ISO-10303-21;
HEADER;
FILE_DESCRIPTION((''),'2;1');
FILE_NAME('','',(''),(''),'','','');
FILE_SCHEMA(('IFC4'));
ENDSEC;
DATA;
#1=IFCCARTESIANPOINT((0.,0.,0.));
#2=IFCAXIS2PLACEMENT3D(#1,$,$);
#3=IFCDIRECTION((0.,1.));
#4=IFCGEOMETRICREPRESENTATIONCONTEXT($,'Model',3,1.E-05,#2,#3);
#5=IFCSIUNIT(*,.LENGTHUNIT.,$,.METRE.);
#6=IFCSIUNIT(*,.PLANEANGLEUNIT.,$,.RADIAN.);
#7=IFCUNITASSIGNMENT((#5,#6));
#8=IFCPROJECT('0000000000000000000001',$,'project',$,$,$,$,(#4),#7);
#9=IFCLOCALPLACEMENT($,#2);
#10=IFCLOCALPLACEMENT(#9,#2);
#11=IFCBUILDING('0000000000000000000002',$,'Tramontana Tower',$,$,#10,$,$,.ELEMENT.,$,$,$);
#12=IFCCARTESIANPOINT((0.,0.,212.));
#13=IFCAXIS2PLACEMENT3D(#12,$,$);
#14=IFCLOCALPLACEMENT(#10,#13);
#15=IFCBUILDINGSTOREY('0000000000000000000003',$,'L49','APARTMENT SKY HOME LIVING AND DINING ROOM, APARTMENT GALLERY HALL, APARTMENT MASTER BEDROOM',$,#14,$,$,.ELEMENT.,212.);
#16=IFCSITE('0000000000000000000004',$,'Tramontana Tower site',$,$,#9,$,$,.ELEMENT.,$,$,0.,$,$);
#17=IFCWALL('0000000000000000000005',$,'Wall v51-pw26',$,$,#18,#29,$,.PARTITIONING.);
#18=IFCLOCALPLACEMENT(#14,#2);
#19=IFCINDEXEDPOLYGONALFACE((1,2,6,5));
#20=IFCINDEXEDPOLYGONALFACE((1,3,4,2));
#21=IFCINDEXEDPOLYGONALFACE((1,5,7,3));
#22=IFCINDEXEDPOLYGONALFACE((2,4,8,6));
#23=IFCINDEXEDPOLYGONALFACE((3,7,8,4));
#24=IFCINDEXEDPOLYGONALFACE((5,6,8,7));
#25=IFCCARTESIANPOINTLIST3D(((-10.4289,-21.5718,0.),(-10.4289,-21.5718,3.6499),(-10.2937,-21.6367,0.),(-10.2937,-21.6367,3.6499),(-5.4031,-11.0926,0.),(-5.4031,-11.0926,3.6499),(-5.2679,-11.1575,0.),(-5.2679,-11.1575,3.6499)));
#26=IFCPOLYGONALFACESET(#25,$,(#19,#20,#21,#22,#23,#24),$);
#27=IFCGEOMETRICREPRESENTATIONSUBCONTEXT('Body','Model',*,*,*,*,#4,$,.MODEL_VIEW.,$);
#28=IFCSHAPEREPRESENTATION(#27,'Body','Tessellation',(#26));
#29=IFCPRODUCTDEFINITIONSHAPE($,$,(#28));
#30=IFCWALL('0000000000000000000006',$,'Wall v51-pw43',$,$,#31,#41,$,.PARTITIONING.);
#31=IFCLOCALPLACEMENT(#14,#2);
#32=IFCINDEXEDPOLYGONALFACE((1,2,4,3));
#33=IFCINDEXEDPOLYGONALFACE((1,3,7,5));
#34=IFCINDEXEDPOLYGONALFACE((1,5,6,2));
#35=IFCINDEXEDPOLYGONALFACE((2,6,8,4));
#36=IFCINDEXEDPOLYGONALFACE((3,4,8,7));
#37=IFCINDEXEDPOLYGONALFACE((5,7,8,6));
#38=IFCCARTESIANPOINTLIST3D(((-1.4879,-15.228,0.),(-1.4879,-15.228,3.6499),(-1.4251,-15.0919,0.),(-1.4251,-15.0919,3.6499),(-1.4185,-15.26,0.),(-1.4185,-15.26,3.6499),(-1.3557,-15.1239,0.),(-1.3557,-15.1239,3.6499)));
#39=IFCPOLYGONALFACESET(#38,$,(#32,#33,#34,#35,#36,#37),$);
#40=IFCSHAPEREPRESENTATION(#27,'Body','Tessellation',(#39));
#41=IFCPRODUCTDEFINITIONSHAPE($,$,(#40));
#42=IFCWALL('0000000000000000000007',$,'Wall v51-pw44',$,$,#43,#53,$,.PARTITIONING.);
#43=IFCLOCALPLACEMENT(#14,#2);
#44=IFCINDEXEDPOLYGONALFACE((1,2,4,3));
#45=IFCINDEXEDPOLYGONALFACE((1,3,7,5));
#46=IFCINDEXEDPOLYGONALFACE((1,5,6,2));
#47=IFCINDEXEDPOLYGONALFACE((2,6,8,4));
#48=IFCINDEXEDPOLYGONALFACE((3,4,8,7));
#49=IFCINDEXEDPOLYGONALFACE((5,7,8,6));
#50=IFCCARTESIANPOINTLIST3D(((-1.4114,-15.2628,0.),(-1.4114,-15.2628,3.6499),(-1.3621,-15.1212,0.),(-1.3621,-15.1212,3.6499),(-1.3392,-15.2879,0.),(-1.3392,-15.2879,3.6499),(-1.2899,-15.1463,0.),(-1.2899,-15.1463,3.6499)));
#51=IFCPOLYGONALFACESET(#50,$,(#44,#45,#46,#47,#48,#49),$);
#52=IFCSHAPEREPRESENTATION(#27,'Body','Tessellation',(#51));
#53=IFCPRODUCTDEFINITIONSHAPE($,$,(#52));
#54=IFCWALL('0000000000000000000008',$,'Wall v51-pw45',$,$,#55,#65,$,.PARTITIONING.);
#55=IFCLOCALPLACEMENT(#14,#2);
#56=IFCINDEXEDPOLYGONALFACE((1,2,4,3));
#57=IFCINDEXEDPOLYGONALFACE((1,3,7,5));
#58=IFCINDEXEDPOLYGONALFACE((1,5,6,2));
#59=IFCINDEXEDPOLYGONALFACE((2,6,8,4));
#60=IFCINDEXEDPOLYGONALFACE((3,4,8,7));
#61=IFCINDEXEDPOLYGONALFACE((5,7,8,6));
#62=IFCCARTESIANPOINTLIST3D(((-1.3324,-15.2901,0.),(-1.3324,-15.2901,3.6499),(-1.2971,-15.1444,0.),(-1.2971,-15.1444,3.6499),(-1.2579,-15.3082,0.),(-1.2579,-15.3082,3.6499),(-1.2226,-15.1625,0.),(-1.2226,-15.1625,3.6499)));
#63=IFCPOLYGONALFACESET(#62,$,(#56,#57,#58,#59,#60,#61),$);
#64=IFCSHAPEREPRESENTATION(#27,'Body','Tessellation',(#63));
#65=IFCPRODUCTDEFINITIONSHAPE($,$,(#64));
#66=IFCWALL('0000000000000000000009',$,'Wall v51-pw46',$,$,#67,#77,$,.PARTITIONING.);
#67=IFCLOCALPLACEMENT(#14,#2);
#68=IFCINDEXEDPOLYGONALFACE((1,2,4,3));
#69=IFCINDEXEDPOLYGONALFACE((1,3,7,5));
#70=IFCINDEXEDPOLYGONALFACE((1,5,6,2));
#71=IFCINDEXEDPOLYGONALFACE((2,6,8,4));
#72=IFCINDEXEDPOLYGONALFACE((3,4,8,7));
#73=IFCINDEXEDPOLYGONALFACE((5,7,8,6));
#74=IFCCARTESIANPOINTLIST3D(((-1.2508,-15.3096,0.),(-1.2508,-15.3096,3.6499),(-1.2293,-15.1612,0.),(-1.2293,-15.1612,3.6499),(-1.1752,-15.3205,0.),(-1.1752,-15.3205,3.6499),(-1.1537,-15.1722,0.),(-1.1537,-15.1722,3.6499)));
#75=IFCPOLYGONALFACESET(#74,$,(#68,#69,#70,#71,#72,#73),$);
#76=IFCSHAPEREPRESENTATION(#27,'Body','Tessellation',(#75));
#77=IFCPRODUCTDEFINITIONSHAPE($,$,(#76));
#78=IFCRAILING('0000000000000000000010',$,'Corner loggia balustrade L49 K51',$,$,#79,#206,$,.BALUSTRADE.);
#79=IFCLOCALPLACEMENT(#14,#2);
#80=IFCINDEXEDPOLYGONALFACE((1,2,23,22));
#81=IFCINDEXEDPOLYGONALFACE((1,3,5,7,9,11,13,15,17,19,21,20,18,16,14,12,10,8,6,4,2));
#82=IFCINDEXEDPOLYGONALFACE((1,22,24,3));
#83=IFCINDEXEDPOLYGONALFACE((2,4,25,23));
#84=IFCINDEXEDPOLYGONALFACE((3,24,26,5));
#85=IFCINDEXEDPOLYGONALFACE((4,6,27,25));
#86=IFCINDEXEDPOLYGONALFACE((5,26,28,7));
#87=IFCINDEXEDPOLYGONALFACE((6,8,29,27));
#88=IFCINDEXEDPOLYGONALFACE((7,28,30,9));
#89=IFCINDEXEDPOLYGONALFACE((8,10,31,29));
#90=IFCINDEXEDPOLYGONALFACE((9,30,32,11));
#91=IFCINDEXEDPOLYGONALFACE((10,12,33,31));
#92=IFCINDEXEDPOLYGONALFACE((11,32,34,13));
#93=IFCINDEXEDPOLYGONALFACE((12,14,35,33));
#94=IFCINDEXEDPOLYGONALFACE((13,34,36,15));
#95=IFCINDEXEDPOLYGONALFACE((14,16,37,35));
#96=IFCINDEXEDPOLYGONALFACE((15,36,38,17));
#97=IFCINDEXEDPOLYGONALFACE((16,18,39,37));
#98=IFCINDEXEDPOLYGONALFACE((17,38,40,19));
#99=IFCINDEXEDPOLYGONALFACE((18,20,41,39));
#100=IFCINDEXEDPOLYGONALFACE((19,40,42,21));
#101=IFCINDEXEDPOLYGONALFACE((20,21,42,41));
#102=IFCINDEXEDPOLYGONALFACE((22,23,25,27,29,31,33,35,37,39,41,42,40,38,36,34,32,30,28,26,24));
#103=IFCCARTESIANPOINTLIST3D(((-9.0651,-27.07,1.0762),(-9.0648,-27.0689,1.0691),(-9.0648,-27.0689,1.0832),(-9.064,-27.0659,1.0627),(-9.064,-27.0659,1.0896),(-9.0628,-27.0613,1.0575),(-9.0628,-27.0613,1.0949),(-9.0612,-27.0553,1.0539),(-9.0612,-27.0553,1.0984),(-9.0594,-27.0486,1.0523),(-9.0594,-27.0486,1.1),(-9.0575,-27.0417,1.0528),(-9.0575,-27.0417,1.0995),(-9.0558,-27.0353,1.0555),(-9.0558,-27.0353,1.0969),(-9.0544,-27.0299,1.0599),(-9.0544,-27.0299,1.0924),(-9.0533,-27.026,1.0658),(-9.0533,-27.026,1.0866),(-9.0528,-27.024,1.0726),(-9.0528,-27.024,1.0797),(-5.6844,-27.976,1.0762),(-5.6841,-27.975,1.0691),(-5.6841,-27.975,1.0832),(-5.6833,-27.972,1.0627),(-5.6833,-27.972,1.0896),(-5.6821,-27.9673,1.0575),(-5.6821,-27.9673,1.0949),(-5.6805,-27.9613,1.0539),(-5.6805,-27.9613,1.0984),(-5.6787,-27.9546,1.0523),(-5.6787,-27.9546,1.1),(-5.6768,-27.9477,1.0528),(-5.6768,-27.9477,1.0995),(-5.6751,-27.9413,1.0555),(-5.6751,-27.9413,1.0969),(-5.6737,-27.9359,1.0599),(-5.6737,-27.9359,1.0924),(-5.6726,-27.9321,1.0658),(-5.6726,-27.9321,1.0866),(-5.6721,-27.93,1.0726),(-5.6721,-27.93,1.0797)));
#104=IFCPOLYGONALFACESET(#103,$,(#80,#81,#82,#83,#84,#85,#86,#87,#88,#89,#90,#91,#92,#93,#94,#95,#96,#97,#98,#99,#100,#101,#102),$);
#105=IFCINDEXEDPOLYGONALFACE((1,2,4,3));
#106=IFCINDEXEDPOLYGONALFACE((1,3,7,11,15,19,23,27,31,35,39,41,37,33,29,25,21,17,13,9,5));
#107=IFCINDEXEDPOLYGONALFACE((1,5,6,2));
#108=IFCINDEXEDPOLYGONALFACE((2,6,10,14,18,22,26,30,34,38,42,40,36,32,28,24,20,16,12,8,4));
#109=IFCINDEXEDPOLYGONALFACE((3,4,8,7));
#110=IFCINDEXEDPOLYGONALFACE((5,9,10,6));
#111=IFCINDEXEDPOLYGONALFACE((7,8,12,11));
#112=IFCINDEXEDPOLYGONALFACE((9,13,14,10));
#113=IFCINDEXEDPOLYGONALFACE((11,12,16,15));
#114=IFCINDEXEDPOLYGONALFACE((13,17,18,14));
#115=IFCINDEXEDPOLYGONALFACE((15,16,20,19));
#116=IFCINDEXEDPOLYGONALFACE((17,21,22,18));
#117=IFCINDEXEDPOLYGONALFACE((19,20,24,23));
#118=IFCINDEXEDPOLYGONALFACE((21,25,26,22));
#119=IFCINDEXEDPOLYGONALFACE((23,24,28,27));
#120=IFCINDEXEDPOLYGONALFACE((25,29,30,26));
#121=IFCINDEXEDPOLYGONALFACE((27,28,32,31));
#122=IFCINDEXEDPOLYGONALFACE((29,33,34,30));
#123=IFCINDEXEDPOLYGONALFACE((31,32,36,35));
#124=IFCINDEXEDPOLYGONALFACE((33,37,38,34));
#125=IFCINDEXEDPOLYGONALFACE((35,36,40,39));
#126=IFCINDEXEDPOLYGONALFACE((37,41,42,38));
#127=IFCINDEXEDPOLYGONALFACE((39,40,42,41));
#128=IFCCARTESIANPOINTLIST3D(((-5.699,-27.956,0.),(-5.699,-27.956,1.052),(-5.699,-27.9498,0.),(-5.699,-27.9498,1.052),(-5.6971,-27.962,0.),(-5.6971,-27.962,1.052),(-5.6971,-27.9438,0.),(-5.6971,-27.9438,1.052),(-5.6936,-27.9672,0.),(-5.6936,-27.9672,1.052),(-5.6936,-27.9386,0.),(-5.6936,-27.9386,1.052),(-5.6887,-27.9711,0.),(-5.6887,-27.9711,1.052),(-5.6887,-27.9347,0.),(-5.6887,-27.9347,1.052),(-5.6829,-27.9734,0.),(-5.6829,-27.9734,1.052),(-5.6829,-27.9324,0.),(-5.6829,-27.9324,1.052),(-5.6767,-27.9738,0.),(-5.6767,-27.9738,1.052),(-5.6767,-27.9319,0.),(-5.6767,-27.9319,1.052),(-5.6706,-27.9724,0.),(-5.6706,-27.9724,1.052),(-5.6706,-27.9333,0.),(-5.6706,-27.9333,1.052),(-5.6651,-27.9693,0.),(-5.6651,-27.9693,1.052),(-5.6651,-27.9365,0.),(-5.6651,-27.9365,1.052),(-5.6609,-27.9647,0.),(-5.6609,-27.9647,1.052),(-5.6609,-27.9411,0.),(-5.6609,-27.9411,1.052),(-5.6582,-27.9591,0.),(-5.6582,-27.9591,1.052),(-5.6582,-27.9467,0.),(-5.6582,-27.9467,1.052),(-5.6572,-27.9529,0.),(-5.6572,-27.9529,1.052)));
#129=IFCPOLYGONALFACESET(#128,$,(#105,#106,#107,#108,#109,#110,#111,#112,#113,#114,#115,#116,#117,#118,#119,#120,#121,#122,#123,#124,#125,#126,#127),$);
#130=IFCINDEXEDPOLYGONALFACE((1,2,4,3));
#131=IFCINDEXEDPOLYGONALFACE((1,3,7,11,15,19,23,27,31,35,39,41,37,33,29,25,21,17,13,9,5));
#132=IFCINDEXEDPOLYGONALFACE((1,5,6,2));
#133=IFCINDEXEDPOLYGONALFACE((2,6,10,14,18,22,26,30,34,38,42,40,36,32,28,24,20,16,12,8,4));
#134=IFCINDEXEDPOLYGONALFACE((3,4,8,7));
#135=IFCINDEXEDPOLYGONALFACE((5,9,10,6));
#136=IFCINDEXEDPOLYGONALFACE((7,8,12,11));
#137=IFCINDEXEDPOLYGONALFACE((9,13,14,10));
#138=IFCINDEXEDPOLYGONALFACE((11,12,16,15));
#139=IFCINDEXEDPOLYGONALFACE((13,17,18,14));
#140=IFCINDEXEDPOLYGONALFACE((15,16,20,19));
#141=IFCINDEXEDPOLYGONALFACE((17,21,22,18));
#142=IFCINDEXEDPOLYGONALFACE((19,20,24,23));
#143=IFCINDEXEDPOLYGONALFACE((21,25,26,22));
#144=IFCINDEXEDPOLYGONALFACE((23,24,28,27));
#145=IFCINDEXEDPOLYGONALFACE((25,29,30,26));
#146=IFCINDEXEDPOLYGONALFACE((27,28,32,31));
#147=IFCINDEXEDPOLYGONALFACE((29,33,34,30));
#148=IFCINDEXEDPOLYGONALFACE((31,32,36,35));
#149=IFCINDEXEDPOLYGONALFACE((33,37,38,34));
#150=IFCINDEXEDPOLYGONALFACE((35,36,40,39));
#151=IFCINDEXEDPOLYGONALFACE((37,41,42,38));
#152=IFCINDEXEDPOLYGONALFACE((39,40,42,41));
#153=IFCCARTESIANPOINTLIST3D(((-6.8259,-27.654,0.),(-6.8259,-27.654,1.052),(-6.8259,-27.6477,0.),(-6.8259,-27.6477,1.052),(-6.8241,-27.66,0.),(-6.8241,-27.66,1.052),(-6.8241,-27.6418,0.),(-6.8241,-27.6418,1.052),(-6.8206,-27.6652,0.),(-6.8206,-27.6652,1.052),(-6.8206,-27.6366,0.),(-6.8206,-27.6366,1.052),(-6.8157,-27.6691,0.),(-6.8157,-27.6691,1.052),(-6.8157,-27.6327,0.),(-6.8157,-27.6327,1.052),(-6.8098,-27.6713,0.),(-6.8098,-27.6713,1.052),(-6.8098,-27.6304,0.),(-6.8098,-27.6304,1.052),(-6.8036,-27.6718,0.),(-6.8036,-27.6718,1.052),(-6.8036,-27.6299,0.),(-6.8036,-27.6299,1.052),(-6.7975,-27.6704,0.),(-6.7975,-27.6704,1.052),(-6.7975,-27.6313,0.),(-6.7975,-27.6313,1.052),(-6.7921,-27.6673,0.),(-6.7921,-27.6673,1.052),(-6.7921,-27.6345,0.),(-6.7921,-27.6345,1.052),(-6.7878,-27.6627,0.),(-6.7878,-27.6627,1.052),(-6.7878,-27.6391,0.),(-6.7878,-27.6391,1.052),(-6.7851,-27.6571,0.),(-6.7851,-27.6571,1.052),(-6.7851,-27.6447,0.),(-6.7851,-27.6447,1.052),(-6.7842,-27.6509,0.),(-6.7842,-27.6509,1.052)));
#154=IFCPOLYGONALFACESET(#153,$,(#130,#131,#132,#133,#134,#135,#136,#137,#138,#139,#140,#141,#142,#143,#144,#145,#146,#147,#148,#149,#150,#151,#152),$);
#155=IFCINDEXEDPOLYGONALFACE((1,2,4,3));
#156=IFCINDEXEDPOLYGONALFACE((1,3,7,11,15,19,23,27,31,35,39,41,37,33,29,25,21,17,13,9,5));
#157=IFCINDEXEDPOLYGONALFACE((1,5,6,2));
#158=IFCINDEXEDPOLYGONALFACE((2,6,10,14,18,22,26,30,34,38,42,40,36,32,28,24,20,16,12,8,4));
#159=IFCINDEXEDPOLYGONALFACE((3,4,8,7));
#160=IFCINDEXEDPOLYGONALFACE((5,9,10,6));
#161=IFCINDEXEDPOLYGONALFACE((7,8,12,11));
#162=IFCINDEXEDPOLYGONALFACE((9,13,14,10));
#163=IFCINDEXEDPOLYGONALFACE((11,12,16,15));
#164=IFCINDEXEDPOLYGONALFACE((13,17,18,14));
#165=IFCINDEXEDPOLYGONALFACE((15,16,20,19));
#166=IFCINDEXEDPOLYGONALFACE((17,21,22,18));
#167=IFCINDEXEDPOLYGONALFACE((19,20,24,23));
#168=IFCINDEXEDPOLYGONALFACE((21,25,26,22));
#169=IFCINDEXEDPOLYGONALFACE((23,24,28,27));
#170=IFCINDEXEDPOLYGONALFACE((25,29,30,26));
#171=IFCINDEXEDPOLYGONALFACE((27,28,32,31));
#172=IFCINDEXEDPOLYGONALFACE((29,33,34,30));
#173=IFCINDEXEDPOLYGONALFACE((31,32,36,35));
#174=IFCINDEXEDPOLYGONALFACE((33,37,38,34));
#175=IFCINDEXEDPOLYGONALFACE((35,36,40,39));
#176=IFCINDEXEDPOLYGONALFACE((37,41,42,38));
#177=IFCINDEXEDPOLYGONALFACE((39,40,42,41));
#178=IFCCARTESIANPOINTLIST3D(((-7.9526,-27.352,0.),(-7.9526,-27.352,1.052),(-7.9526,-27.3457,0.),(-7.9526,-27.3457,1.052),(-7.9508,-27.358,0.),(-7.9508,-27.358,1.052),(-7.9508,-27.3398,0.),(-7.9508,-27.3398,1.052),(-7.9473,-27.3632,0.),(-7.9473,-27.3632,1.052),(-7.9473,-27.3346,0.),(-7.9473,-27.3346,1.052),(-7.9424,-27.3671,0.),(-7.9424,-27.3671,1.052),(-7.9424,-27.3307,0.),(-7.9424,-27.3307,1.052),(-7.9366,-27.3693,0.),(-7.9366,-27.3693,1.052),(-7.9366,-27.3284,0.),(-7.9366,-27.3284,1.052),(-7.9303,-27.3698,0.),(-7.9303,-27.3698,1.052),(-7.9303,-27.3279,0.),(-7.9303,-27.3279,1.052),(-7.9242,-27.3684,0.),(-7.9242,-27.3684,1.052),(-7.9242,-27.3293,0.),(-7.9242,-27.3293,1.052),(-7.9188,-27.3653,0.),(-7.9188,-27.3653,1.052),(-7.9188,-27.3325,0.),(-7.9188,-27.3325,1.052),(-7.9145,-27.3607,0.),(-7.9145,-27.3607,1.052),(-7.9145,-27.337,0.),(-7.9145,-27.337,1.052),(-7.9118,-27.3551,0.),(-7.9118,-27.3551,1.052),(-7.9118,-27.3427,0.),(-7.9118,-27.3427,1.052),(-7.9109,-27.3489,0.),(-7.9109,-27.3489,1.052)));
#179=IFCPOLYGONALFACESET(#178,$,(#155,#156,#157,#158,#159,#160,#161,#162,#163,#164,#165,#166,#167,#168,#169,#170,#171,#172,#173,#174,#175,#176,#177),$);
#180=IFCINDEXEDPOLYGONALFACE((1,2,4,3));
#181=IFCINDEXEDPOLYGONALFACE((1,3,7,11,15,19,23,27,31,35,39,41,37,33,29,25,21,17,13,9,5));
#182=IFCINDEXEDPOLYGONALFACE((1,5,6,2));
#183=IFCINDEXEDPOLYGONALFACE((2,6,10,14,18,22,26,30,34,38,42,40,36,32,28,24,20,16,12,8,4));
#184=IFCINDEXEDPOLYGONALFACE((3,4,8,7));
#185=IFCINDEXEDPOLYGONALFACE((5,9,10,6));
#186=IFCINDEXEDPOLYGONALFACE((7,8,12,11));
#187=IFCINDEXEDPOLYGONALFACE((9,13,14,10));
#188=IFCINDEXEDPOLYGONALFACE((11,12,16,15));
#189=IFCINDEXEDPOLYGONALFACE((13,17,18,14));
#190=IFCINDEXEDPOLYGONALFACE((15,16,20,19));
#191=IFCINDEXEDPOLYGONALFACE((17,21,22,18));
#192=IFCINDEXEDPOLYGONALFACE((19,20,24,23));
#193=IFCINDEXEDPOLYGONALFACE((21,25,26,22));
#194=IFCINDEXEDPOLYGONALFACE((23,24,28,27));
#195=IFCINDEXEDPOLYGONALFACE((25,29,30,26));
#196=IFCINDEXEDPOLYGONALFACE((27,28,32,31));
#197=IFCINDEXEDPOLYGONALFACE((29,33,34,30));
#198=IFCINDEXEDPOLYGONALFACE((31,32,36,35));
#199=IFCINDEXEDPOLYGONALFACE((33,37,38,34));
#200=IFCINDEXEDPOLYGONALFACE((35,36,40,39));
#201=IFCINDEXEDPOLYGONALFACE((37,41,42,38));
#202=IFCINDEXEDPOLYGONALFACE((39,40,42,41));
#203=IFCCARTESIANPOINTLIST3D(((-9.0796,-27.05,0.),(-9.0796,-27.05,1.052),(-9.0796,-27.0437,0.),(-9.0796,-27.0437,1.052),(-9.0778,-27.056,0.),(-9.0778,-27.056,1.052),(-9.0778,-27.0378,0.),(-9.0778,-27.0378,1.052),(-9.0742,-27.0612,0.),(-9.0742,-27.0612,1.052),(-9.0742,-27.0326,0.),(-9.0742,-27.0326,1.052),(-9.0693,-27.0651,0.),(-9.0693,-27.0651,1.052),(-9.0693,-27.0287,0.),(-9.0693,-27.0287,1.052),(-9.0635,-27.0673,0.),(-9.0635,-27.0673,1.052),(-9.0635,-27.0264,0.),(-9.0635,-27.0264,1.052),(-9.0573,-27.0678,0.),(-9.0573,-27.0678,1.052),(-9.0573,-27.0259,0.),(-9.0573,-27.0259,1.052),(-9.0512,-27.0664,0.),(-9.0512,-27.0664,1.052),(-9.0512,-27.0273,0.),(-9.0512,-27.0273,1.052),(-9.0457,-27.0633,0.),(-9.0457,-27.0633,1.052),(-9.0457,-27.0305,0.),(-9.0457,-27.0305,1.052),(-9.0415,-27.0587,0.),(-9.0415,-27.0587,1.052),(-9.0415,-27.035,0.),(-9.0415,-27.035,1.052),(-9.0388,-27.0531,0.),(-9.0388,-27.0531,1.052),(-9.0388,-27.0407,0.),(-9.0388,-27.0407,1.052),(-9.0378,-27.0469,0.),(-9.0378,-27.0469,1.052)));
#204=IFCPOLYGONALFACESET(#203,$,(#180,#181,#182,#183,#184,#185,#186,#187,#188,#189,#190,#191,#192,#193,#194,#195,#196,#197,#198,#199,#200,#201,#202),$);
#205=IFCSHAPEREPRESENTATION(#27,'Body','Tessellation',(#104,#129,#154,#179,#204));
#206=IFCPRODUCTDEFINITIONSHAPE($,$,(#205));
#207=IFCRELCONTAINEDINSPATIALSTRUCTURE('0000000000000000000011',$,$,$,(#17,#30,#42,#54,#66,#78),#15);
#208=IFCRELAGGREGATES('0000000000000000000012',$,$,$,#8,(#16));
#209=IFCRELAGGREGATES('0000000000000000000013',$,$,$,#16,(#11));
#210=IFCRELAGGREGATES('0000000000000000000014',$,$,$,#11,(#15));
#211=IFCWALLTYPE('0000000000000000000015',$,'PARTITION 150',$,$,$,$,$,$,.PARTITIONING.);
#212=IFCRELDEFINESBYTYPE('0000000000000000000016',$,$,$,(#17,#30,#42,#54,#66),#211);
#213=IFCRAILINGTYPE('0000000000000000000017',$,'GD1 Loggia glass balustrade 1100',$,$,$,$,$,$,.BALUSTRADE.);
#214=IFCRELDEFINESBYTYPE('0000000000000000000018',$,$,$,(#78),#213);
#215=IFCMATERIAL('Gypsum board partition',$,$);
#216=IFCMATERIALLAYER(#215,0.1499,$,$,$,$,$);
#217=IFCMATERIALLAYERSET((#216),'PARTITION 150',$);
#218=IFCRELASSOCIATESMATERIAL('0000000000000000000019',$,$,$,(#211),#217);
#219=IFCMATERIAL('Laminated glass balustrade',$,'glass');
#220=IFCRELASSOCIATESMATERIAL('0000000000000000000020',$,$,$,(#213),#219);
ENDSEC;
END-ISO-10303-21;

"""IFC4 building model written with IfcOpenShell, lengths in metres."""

from ifc_helpers import new_model, si_unit, direction, frame, frame_2d, origin, origin_2d, place, context, subcontext, project, spatial, rectangle, circle, extrude, material, layer, layer_set, type_object, element, save


model = new_model("IFC4")

# Units and contexts
model_context = context("Model", 3, precision=1e-05, world=origin(), true_north=direction((0.0, 1.0)))
body_context = subcontext(model_context, "Body", "Model", "MODEL_VIEW")
ifc_project = project(units=[si_unit("LENGTHUNIT", "METRE"), si_unit("PLANEANGLEUNIT", "RADIAN")], contexts=[model_context])

# Site, building, storey
site_placement = place(None, origin())
site = spatial("IfcSite", under=ifc_project, at=site_placement, Name="Tramontana Tower site", CompositionType="ELEMENT", RefElevation=0.0)
building_placement = place(site_placement, origin())
building = spatial("IfcBuilding", under=site, at=building_placement, Name="Tramontana Tower", CompositionType="ELEMENT")
storey_placement = place(building_placement, frame((0.0, 0.0, 212.0)))
storey = spatial("IfcBuildingStorey", under=building, at=storey_placement, Name="L49", Description="APARTMENT SKY HOME LIVING AND DINING ROOM, APARTMENT GALLERY HALL, APARTMENT MASTER BEDROOM", CompositionType="ELEMENT", Elevation=212.0)

# Walls
ifc_material_1 = material(Name="Gypsum board partition")
ifc_layer_1 = layer(ifc_material_1, 0.1499)
ifc_layer_set_1 = layer_set([ifc_layer_1], Name="PARTITION 150")
wall_type_1 = type_object("IfcWallType", Name="PARTITION 150", PredefinedType="PARTITIONING", material=ifc_layer_set_1)
wall_1_placement = place(storey_placement, frame((-10.3613, -21.6042, 0.0), z_axis=(0.0, 0.0, 1.0), x_axis=(0.43244, 0.901663, 0.0)))
element("IfcWall", 1, at=wall_1_placement, inside=storey, type_object=wall_type_1, Name="Wall v51-pw26", PredefinedType="PARTITIONING", context=body_context, shape_type="SweptSolid", body=[
    extrude(rectangle(XDim=11.6221, YDim=0.1499, at=frame_2d((5.811, 0.0))), origin(), (0.0, 0.0, 1.0), 3.6499),
])
for number, where, z_axis, x_axis, name in (
    (2, (-1.3872, -15.1919, 0.0), (0.0, 0.0, 1.0), (-0.908053, 0.418855, 0.0), "Wall v51-pw43"),
    (3, (-1.3147, -15.217, 0.0), (0.0, 0.0, 1.0), (-0.944454, 0.328644, 0.0), "Wall v51-pw44"),
):
    element("IfcWall", number, at=place(storey_placement, frame(where, z_axis=z_axis, x_axis=x_axis)), inside=storey, type_object=wall_type_1, Name=name, PredefinedType="PARTITIONING", context=body_context, shape_type="SweptSolid", body=[
        extrude(rectangle(XDim=0.0764, YDim=0.1499, at=frame_2d((0.0381, 0.0))), origin(), (0.0, 0.0, 1.0), 3.6499),
    ])
wall_2_placement = place(storey_placement, frame((-1.2402, -15.2354, 0.0), z_axis=(0.0, 0.0, 1.0), x_axis=(-0.971806, 0.235782, 0.0)))
element("IfcWall", 4, at=wall_2_placement, inside=storey, type_object=wall_type_1, Name="Wall v51-pw45", PredefinedType="PARTITIONING", context=body_context, shape_type="SweptSolid", body=[
    extrude(rectangle(XDim=0.0767, YDim=0.1499, at=frame_2d((0.0383, 0.0))), origin(), (0.0, 0.0, 1.0), 3.6499),
])
wall_3_placement = place(storey_placement, frame((-1.1646, -15.2463, 0.0), z_axis=(0.0, 0.0, 1.0), x_axis=(-0.989628, 0.143656, 0.0)))
element("IfcWall", 5, at=wall_3_placement, inside=storey, type_object=wall_type_1, Name="Wall v51-pw46", PredefinedType="PARTITIONING", context=body_context, shape_type="SweptSolid", body=[
    extrude(rectangle(XDim=0.0764, YDim=0.1499, at=frame_2d((0.0381, 0.0))), origin(), (0.0, 0.0, 1.0), 3.6499),
])

# Railing
ifc_material_2 = material(Name="Laminated glass balustrade", Category="glass")
railing_type = type_object("IfcRailingType", Name="GD1 Loggia glass balustrade 1100", PredefinedType="BALUSTRADE", material=ifc_material_2)
railing_placement = place(storey_placement, frame((-5.6782, -27.9529, 0.0)))
element("IfcRailing", 6, at=railing_placement, inside=storey, type_object=railing_type, Name="Corner loggia balustrade L49 K51", PredefinedType="BALUSTRADE", context=body_context, shape_type="SweptSolid", body=[
    extrude(circle(Radius=0.0239, at=origin_2d()), frame((0.0, 0.0, 1.0762), z_axis=(-0.965913, 0.258865, 0.0), x_axis=(-0.258865, -0.965913, 0.0)), (0.0, 0.0, 1.0), 3.5),
    extrude(circle(Radius=0.021, at=origin_2d()), origin(), (0.0, 0.0, 1.0), 1.052),
    extrude(circle(Radius=0.021, at=origin_2d()), frame((-1.127, 0.302, 0.0)), (0.0, 0.0, 1.0), 1.052),
    extrude(circle(Radius=0.021, at=origin_2d()), frame((-2.2537, 0.604, 0.0)), (0.0, 0.0, 1.0), 1.052),
    extrude(circle(Radius=0.021, at=origin_2d()), frame((-3.3806, 0.906, 0.0)), (0.0, 0.0, 1.0), 1.052),
])

save(model, "model.ifc")
